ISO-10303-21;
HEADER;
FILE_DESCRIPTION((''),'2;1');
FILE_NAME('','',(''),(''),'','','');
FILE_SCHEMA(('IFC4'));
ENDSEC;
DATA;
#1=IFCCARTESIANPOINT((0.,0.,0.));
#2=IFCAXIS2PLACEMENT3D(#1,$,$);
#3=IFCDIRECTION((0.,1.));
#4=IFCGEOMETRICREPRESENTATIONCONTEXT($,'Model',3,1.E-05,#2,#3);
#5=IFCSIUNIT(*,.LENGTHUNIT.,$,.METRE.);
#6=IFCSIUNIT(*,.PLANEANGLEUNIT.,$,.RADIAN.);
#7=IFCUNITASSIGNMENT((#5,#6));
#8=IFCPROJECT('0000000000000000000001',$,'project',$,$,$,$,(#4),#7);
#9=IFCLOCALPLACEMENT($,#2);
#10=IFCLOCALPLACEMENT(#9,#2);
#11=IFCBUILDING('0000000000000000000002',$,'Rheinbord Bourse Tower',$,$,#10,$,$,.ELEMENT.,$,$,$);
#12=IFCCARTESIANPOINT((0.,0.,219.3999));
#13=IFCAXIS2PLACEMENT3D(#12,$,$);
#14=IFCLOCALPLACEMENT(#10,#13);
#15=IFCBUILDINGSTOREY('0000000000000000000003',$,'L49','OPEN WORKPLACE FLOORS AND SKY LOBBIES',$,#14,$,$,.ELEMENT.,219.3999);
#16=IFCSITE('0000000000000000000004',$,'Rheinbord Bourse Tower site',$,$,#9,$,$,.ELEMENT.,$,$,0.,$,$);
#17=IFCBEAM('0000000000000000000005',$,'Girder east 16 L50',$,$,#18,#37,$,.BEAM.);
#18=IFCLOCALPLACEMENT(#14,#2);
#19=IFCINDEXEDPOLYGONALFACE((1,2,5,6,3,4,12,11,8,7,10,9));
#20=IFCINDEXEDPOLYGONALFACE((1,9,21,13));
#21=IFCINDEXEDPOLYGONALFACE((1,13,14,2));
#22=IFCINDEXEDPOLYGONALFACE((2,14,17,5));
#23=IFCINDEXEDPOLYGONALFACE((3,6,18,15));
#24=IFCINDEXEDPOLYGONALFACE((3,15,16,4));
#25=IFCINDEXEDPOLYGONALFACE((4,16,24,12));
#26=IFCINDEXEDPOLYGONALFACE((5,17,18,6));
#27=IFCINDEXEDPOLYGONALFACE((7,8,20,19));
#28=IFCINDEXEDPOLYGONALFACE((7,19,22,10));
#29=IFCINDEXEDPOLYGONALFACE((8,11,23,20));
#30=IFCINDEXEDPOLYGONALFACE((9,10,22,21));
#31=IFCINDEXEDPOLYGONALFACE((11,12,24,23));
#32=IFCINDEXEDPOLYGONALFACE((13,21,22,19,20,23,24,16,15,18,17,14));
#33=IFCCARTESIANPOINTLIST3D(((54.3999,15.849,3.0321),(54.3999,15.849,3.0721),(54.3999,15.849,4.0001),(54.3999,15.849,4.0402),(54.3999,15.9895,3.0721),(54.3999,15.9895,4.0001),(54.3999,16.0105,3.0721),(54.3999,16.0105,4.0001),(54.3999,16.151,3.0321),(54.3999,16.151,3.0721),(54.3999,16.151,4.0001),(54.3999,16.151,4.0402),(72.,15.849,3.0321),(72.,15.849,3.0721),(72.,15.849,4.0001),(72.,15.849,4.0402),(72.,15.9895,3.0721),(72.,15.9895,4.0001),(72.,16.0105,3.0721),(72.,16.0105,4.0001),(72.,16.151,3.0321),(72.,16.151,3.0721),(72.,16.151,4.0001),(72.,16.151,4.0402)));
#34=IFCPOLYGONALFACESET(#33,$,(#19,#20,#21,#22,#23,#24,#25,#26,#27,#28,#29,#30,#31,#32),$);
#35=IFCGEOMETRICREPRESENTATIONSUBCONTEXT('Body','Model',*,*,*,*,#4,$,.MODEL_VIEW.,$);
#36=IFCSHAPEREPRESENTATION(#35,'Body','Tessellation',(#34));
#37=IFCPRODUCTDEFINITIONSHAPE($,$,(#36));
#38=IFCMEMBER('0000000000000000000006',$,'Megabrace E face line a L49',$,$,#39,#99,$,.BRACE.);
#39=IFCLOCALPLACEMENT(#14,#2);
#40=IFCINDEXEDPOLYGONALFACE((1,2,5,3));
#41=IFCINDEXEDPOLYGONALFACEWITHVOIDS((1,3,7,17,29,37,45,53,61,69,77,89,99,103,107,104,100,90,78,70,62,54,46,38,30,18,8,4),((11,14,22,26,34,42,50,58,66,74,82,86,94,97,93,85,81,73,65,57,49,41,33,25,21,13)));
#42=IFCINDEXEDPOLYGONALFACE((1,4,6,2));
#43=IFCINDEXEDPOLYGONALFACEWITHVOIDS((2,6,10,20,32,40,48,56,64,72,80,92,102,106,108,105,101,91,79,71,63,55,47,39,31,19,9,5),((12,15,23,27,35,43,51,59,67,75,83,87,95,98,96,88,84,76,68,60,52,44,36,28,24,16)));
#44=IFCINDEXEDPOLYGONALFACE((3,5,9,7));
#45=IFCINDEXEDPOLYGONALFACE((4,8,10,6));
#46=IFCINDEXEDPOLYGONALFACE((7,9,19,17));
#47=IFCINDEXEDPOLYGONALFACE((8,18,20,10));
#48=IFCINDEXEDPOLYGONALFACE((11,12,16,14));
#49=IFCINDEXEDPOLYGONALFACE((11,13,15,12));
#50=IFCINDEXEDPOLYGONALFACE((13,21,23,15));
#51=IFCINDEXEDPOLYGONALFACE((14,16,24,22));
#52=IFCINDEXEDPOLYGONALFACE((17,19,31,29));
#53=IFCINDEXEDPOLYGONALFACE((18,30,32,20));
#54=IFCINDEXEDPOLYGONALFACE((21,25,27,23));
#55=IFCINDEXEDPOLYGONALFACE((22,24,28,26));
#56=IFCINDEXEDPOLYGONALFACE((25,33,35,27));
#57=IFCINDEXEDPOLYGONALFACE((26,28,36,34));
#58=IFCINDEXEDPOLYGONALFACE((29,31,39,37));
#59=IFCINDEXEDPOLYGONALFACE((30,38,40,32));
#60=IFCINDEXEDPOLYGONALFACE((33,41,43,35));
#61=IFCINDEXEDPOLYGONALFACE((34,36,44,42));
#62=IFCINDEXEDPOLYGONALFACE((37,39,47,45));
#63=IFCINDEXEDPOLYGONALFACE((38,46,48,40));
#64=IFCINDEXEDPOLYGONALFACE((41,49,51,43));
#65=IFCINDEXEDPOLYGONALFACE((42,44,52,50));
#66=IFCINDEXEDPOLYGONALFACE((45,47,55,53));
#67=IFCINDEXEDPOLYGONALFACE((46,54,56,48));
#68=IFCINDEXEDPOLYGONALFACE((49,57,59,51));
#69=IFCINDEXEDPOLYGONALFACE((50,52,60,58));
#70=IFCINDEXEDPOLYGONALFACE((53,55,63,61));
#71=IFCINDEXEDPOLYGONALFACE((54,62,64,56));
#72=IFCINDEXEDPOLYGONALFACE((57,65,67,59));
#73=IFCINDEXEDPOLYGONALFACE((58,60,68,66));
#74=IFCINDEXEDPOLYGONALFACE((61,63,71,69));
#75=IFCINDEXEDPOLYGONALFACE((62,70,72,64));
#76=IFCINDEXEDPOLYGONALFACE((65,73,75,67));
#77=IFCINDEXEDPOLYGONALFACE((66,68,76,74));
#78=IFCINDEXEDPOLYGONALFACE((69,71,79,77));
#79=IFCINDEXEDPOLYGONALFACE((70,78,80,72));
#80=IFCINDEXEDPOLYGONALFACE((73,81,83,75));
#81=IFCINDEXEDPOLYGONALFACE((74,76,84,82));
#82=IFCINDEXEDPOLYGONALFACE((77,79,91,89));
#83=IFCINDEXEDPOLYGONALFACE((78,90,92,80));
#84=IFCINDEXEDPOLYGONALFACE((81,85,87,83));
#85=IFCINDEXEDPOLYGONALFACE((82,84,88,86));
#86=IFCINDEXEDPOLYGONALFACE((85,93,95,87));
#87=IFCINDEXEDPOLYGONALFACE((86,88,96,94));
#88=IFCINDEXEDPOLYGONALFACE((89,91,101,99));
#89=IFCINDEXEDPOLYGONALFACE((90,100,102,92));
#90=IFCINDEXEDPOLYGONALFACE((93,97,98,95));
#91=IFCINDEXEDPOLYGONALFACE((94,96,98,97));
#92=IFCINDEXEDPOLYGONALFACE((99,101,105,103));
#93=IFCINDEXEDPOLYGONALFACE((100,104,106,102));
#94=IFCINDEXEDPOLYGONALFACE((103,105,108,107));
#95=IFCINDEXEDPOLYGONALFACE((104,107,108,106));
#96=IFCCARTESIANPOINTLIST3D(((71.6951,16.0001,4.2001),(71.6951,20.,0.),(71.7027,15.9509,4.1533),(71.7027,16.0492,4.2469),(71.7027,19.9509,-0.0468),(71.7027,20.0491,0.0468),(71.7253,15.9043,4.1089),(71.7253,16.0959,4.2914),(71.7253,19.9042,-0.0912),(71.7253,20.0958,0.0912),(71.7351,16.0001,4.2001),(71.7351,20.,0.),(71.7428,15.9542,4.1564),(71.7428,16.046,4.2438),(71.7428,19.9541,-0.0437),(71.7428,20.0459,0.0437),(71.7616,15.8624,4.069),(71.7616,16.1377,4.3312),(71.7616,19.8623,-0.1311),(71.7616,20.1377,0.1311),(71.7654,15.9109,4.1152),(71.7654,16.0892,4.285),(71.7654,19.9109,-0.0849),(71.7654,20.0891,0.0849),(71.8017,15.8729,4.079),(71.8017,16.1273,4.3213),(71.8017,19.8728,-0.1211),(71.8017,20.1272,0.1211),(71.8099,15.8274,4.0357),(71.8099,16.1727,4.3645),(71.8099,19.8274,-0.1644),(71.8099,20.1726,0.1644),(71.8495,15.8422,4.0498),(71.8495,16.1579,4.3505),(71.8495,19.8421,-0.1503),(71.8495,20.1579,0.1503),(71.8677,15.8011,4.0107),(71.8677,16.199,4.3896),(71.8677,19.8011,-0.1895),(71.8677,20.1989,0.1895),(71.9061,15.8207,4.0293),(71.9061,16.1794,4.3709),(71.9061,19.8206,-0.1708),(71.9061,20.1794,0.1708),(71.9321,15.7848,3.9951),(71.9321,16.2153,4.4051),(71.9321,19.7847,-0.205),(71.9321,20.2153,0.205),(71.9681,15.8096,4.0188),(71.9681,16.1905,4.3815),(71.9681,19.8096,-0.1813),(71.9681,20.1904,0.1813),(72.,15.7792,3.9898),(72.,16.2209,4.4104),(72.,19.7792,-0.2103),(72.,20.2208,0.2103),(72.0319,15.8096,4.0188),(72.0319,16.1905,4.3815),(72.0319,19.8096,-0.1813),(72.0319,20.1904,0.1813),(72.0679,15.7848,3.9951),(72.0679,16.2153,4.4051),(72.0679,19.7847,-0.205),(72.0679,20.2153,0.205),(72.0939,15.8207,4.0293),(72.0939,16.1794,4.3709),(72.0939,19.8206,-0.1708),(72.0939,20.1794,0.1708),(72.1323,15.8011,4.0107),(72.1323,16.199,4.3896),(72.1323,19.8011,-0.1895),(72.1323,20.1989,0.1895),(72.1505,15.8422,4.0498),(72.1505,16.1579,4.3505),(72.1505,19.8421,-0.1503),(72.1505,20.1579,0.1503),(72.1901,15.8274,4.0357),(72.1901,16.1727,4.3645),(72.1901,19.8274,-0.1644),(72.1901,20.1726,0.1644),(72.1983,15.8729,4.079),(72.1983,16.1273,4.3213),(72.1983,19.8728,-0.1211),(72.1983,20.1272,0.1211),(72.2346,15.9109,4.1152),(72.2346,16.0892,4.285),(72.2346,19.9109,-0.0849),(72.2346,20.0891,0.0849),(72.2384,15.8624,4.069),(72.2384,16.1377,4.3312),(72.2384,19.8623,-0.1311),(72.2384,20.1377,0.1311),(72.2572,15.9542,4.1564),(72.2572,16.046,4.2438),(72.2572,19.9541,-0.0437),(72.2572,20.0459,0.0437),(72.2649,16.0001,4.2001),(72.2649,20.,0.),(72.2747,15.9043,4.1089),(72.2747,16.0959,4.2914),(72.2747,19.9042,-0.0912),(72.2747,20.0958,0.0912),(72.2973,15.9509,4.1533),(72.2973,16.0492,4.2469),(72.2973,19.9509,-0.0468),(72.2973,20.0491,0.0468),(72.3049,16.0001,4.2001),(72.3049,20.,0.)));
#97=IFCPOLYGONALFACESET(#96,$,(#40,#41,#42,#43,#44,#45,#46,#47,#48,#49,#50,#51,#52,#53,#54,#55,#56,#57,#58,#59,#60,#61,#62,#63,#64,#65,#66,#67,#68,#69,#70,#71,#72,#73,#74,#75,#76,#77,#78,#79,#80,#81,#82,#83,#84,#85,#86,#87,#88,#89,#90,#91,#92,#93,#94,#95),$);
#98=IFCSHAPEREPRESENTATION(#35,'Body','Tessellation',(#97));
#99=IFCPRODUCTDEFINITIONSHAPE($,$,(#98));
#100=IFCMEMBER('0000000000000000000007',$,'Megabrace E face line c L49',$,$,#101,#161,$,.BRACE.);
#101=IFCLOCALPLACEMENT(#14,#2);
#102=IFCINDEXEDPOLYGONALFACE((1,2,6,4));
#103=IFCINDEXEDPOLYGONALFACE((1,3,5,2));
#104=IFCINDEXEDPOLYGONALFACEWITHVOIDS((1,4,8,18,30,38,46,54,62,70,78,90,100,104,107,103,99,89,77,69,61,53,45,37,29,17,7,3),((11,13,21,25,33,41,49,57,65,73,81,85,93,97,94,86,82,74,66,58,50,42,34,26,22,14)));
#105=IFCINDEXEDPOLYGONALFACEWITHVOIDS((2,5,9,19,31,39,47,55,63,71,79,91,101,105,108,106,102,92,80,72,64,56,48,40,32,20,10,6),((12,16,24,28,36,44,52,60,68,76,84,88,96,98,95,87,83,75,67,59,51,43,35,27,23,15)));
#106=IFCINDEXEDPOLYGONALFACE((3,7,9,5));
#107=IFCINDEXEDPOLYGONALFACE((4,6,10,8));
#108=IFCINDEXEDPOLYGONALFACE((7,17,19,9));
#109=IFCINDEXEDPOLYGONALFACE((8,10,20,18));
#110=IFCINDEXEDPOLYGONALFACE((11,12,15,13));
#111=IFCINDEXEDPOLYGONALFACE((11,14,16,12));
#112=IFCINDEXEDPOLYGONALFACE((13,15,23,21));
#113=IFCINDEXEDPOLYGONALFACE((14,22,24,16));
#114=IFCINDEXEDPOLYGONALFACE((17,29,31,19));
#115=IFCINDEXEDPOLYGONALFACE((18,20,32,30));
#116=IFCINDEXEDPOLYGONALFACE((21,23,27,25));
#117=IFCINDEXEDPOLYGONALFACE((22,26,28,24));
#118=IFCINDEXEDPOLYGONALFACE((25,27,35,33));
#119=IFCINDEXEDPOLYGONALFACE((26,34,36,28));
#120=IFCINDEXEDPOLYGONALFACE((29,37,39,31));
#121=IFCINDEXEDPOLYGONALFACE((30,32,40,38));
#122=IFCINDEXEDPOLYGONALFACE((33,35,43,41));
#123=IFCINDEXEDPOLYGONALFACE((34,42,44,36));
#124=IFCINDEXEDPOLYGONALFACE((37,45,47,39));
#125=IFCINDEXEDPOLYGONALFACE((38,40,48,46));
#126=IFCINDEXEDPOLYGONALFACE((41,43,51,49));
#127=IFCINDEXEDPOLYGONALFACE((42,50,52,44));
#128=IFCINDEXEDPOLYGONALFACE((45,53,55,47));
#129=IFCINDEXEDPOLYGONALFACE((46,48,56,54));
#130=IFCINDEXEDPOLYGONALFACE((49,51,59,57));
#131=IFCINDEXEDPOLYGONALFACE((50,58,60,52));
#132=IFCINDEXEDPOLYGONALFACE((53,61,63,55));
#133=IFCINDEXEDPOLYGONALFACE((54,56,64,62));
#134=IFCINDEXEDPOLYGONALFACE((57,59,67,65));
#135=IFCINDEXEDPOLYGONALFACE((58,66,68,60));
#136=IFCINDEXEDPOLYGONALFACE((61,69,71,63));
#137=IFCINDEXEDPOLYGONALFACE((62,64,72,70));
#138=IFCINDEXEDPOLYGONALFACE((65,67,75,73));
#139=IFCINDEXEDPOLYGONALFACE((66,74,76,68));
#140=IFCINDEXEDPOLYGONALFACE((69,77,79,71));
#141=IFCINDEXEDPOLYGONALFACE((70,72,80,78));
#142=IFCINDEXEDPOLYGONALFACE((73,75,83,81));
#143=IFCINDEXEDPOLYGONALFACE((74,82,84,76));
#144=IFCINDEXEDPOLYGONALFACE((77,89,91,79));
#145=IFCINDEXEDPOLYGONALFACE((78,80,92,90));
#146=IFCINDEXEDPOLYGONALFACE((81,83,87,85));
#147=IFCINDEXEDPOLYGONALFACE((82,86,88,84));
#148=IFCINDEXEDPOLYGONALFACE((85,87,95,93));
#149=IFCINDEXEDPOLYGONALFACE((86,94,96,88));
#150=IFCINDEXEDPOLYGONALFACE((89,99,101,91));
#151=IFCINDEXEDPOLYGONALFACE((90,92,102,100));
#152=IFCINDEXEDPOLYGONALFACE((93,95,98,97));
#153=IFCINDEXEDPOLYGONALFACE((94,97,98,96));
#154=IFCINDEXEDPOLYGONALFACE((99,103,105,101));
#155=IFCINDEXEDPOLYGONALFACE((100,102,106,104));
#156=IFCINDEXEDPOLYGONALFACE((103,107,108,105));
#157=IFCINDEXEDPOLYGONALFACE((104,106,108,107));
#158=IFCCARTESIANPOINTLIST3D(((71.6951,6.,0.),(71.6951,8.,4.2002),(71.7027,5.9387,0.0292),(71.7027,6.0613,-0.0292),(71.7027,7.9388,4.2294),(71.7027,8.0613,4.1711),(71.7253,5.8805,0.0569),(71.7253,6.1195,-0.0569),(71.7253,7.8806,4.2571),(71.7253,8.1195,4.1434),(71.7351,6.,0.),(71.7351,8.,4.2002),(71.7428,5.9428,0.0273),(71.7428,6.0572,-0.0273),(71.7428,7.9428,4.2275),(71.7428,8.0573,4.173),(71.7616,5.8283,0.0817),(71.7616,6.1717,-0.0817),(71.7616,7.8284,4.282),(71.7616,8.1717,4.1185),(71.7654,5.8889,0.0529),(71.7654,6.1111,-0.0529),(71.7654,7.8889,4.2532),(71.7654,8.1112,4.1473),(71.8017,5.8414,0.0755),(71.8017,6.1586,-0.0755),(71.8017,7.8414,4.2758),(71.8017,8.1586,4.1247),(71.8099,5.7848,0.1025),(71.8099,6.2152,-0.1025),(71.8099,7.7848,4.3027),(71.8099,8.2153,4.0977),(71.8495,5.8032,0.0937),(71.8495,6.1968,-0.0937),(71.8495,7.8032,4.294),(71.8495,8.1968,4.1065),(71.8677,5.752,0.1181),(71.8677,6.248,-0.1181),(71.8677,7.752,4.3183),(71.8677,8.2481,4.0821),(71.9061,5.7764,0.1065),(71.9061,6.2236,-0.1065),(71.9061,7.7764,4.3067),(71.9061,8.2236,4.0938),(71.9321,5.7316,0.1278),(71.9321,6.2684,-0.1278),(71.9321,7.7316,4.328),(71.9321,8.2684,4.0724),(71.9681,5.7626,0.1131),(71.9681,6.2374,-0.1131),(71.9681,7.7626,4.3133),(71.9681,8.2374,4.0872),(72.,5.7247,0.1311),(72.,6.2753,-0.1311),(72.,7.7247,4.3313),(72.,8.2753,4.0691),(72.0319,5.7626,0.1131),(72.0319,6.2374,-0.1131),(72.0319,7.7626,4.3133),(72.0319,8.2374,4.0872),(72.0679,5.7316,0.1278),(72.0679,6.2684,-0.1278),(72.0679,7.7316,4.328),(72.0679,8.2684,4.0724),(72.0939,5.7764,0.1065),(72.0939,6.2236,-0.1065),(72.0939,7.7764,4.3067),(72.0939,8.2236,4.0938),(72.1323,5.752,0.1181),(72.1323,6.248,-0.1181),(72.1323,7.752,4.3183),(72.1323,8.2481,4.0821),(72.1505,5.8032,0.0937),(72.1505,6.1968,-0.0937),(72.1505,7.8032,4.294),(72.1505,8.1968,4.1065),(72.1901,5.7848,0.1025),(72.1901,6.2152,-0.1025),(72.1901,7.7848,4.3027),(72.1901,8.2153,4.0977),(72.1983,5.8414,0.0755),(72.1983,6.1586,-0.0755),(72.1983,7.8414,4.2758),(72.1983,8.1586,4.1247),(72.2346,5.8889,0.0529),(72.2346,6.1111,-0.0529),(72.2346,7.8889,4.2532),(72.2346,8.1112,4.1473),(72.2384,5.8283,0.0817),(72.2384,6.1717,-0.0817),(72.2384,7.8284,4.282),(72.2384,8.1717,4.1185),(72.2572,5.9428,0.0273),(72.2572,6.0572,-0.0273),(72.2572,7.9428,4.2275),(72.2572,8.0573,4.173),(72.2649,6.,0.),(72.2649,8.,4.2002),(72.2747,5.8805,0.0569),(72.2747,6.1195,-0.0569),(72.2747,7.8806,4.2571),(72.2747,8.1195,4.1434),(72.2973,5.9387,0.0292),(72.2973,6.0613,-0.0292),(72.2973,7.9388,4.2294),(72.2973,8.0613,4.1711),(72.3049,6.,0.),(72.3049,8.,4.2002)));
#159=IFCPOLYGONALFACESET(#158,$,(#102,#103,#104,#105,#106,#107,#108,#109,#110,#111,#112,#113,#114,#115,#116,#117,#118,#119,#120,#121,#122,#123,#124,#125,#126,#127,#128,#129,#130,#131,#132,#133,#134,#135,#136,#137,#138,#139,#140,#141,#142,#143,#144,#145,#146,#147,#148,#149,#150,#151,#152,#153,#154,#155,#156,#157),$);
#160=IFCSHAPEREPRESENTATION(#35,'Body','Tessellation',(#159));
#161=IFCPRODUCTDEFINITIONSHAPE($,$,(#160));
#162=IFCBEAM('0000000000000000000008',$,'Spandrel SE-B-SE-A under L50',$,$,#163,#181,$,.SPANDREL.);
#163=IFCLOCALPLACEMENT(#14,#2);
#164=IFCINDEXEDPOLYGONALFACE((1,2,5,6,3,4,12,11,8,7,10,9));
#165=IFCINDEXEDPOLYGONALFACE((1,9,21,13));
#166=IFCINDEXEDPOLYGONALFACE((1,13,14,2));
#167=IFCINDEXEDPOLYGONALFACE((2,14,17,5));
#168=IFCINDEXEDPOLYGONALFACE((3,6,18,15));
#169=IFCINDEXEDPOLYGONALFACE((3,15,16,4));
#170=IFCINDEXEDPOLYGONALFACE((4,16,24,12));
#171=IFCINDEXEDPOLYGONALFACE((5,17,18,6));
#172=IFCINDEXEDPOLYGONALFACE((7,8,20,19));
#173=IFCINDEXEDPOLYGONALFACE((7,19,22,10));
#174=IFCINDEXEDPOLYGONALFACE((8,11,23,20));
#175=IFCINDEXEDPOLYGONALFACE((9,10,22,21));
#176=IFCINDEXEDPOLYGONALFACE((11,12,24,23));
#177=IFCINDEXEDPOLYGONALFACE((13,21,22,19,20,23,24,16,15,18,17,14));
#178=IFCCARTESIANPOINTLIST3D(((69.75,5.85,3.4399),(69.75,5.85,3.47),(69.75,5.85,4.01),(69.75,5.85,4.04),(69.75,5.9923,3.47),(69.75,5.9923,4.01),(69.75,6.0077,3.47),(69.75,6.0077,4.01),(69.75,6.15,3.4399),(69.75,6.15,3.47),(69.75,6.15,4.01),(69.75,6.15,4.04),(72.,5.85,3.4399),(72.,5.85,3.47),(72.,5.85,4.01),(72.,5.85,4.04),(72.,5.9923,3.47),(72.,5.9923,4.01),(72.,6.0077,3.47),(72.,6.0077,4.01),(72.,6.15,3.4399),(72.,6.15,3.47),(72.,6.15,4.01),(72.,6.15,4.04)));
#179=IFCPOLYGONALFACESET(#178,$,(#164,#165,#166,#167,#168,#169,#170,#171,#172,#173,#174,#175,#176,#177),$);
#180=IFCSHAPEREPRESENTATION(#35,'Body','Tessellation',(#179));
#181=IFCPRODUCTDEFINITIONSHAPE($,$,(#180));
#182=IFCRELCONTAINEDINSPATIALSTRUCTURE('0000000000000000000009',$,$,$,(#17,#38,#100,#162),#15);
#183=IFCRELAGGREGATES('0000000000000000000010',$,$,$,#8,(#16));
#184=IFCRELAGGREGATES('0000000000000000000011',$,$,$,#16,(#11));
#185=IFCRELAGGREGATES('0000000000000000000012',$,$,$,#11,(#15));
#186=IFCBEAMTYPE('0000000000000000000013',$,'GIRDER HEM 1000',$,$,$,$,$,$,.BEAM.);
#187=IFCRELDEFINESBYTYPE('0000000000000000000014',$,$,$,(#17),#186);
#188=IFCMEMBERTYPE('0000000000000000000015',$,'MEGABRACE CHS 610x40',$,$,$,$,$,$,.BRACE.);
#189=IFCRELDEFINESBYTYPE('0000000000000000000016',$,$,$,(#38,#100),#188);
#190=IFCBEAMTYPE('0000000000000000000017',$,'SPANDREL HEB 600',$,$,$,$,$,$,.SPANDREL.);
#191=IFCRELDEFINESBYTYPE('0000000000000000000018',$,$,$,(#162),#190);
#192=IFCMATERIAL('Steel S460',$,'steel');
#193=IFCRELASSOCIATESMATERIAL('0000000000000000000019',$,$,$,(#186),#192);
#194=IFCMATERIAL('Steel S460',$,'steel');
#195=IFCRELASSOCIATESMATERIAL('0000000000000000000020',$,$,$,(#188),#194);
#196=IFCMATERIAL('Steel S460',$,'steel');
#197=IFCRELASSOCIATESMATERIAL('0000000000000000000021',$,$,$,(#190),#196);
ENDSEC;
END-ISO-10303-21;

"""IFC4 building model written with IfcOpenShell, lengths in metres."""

from ifc_helpers import new_model, si_unit, direction, frame, origin, origin_2d, place, context, subcontext, project, spatial, hollow_circle, i_section, extrude, material, material_profile, profile_set, type_object, element, save


model = new_model("IFC4")

# Units and contexts
model_context = context("Model", 3, precision=1e-05, world=origin(), true_north=direction((0.0, 1.0)))
body_context = subcontext(model_context, "Body", "Model", "MODEL_VIEW")
ifc_project = project(units=[si_unit("LENGTHUNIT", "METRE"), si_unit("PLANEANGLEUNIT", "RADIAN")], contexts=[model_context])

# Site, building, storey
site_placement = place(None, origin())
site = spatial("IfcSite", under=ifc_project, at=site_placement, Name="Rheinbord Bourse Tower site", CompositionType="ELEMENT", RefElevation=0.0)
building_placement = place(site_placement, origin())
building = spatial("IfcBuilding", under=site, at=building_placement, Name="Rheinbord Bourse Tower", CompositionType="ELEMENT")
storey_placement = place(building_placement, frame((0.0, 0.0, 219.3999)))
storey = spatial("IfcBuildingStorey", under=building, at=storey_placement, Name="L49", Description="OPEN WORKPLACE FLOORS AND SKY LOBBIES", CompositionType="ELEMENT", Elevation=219.3999)

# Beam
ifc_material_1 = material(Name="Steel S460", Category="steel")
ifc_material_profile_1 = material_profile(ifc_material_1, i_section(OverallWidth=0.302, OverallDepth=1.0081, WebThickness=0.021, FlangeThickness=0.04, at=origin_2d()), Name="HEM 1000")
ifc_profile_set_1 = profile_set([ifc_material_profile_1], Name="Steel S460")
beam_type_1 = type_object("IfcBeamType", Name="GIRDER HEM 1000", PredefinedType="BEAM", material=ifc_profile_set_1)
beam_1_placement = place(storey_placement, frame((54.3999, 16.0, 3.5361), z_axis=(1.0, 0.0, 0.0), x_axis=(0.0, 1.0, 0.0)))
element("IfcBeam", 1, at=beam_1_placement, inside=storey, type_object=beam_type_1, Name="Girder east 16 L50", PredefinedType="BEAM", context=body_context, shape_type="SweptSolid", body=[
    extrude(i_section(OverallWidth=0.302, OverallDepth=1.0081, WebThickness=0.021, FlangeThickness=0.04, at=origin_2d()), origin(), (0.0, 0.0, 1.0), 17.6001),
])

# Members
ifc_material_2 = material(Name="Steel S460", Category="steel")
ifc_material_profile_2 = material_profile(ifc_material_2, hollow_circle(Radius=0.3049, WallThickness=0.04, at=origin_2d()), Name="CHS 610x40")
ifc_profile_set_2 = profile_set([ifc_material_profile_2], Name="Steel S460")
member_type_1 = type_object("IfcMemberType", Name="MEGABRACE CHS 610x40", PredefinedType="BRACE", material=ifc_profile_set_2)
member_1_placement = place(storey_placement, frame((72.0, 20.0, 0.0), z_axis=(0.0, -0.689638, 0.724154), x_axis=(1.0, 0.0, 0.0)))
element("IfcMember", 2, at=member_1_placement, inside=storey, type_object=member_type_1, Name="Megabrace E face line a L49", PredefinedType="BRACE", context=body_context, shape_type="SweptSolid", body=[
    extrude(hollow_circle(Radius=0.3049, WallThickness=0.04, at=origin_2d()), origin(), (0.0, 0.0, 1.0), 5.8),
])
member_2_placement = place(storey_placement, frame((72.0, 6.0, 0.0), z_axis=(0.0, 0.429917, 0.902868), x_axis=(-1.0, 0.0, 0.0)))
element("IfcMember", 3, at=member_2_placement, inside=storey, type_object=member_type_1, Name="Megabrace E face line c L49", PredefinedType="BRACE", context=body_context, shape_type="SweptSolid", body=[
    extrude(hollow_circle(Radius=0.3049, WallThickness=0.04, at=origin_2d()), origin(), (0.0, 0.0, 1.0), 4.6521),
])

# Beam
ifc_material_3 = material(Name="Steel S460", Category="steel")
ifc_material_profile_3 = material_profile(ifc_material_3, i_section(OverallWidth=0.3, OverallDepth=0.6001, WebThickness=0.0154, FlangeThickness=0.03, at=origin_2d()), Name="HEB 600")
ifc_profile_set_3 = profile_set([ifc_material_profile_3], Name="Steel S460")
beam_type_2 = type_object("IfcBeamType", Name="SPANDREL HEB 600", PredefinedType="SPANDREL", material=ifc_profile_set_3)
beam_2_placement = place(storey_placement, frame((69.75, 6.0, 3.74), z_axis=(1.0, 0.0, 0.0), x_axis=(0.0, 1.0, 0.0)))
element("IfcBeam", 4, at=beam_2_placement, inside=storey, type_object=beam_type_2, Name="Spandrel SE-B-SE-A under L50", PredefinedType="SPANDREL", context=body_context, shape_type="SweptSolid", body=[
    extrude(i_section(OverallWidth=0.3, OverallDepth=0.6001, WebThickness=0.0154, FlangeThickness=0.03, at=origin_2d()), origin(), (0.0, 0.0, 1.0), 2.25),
])

save(model, "model.ifc")
